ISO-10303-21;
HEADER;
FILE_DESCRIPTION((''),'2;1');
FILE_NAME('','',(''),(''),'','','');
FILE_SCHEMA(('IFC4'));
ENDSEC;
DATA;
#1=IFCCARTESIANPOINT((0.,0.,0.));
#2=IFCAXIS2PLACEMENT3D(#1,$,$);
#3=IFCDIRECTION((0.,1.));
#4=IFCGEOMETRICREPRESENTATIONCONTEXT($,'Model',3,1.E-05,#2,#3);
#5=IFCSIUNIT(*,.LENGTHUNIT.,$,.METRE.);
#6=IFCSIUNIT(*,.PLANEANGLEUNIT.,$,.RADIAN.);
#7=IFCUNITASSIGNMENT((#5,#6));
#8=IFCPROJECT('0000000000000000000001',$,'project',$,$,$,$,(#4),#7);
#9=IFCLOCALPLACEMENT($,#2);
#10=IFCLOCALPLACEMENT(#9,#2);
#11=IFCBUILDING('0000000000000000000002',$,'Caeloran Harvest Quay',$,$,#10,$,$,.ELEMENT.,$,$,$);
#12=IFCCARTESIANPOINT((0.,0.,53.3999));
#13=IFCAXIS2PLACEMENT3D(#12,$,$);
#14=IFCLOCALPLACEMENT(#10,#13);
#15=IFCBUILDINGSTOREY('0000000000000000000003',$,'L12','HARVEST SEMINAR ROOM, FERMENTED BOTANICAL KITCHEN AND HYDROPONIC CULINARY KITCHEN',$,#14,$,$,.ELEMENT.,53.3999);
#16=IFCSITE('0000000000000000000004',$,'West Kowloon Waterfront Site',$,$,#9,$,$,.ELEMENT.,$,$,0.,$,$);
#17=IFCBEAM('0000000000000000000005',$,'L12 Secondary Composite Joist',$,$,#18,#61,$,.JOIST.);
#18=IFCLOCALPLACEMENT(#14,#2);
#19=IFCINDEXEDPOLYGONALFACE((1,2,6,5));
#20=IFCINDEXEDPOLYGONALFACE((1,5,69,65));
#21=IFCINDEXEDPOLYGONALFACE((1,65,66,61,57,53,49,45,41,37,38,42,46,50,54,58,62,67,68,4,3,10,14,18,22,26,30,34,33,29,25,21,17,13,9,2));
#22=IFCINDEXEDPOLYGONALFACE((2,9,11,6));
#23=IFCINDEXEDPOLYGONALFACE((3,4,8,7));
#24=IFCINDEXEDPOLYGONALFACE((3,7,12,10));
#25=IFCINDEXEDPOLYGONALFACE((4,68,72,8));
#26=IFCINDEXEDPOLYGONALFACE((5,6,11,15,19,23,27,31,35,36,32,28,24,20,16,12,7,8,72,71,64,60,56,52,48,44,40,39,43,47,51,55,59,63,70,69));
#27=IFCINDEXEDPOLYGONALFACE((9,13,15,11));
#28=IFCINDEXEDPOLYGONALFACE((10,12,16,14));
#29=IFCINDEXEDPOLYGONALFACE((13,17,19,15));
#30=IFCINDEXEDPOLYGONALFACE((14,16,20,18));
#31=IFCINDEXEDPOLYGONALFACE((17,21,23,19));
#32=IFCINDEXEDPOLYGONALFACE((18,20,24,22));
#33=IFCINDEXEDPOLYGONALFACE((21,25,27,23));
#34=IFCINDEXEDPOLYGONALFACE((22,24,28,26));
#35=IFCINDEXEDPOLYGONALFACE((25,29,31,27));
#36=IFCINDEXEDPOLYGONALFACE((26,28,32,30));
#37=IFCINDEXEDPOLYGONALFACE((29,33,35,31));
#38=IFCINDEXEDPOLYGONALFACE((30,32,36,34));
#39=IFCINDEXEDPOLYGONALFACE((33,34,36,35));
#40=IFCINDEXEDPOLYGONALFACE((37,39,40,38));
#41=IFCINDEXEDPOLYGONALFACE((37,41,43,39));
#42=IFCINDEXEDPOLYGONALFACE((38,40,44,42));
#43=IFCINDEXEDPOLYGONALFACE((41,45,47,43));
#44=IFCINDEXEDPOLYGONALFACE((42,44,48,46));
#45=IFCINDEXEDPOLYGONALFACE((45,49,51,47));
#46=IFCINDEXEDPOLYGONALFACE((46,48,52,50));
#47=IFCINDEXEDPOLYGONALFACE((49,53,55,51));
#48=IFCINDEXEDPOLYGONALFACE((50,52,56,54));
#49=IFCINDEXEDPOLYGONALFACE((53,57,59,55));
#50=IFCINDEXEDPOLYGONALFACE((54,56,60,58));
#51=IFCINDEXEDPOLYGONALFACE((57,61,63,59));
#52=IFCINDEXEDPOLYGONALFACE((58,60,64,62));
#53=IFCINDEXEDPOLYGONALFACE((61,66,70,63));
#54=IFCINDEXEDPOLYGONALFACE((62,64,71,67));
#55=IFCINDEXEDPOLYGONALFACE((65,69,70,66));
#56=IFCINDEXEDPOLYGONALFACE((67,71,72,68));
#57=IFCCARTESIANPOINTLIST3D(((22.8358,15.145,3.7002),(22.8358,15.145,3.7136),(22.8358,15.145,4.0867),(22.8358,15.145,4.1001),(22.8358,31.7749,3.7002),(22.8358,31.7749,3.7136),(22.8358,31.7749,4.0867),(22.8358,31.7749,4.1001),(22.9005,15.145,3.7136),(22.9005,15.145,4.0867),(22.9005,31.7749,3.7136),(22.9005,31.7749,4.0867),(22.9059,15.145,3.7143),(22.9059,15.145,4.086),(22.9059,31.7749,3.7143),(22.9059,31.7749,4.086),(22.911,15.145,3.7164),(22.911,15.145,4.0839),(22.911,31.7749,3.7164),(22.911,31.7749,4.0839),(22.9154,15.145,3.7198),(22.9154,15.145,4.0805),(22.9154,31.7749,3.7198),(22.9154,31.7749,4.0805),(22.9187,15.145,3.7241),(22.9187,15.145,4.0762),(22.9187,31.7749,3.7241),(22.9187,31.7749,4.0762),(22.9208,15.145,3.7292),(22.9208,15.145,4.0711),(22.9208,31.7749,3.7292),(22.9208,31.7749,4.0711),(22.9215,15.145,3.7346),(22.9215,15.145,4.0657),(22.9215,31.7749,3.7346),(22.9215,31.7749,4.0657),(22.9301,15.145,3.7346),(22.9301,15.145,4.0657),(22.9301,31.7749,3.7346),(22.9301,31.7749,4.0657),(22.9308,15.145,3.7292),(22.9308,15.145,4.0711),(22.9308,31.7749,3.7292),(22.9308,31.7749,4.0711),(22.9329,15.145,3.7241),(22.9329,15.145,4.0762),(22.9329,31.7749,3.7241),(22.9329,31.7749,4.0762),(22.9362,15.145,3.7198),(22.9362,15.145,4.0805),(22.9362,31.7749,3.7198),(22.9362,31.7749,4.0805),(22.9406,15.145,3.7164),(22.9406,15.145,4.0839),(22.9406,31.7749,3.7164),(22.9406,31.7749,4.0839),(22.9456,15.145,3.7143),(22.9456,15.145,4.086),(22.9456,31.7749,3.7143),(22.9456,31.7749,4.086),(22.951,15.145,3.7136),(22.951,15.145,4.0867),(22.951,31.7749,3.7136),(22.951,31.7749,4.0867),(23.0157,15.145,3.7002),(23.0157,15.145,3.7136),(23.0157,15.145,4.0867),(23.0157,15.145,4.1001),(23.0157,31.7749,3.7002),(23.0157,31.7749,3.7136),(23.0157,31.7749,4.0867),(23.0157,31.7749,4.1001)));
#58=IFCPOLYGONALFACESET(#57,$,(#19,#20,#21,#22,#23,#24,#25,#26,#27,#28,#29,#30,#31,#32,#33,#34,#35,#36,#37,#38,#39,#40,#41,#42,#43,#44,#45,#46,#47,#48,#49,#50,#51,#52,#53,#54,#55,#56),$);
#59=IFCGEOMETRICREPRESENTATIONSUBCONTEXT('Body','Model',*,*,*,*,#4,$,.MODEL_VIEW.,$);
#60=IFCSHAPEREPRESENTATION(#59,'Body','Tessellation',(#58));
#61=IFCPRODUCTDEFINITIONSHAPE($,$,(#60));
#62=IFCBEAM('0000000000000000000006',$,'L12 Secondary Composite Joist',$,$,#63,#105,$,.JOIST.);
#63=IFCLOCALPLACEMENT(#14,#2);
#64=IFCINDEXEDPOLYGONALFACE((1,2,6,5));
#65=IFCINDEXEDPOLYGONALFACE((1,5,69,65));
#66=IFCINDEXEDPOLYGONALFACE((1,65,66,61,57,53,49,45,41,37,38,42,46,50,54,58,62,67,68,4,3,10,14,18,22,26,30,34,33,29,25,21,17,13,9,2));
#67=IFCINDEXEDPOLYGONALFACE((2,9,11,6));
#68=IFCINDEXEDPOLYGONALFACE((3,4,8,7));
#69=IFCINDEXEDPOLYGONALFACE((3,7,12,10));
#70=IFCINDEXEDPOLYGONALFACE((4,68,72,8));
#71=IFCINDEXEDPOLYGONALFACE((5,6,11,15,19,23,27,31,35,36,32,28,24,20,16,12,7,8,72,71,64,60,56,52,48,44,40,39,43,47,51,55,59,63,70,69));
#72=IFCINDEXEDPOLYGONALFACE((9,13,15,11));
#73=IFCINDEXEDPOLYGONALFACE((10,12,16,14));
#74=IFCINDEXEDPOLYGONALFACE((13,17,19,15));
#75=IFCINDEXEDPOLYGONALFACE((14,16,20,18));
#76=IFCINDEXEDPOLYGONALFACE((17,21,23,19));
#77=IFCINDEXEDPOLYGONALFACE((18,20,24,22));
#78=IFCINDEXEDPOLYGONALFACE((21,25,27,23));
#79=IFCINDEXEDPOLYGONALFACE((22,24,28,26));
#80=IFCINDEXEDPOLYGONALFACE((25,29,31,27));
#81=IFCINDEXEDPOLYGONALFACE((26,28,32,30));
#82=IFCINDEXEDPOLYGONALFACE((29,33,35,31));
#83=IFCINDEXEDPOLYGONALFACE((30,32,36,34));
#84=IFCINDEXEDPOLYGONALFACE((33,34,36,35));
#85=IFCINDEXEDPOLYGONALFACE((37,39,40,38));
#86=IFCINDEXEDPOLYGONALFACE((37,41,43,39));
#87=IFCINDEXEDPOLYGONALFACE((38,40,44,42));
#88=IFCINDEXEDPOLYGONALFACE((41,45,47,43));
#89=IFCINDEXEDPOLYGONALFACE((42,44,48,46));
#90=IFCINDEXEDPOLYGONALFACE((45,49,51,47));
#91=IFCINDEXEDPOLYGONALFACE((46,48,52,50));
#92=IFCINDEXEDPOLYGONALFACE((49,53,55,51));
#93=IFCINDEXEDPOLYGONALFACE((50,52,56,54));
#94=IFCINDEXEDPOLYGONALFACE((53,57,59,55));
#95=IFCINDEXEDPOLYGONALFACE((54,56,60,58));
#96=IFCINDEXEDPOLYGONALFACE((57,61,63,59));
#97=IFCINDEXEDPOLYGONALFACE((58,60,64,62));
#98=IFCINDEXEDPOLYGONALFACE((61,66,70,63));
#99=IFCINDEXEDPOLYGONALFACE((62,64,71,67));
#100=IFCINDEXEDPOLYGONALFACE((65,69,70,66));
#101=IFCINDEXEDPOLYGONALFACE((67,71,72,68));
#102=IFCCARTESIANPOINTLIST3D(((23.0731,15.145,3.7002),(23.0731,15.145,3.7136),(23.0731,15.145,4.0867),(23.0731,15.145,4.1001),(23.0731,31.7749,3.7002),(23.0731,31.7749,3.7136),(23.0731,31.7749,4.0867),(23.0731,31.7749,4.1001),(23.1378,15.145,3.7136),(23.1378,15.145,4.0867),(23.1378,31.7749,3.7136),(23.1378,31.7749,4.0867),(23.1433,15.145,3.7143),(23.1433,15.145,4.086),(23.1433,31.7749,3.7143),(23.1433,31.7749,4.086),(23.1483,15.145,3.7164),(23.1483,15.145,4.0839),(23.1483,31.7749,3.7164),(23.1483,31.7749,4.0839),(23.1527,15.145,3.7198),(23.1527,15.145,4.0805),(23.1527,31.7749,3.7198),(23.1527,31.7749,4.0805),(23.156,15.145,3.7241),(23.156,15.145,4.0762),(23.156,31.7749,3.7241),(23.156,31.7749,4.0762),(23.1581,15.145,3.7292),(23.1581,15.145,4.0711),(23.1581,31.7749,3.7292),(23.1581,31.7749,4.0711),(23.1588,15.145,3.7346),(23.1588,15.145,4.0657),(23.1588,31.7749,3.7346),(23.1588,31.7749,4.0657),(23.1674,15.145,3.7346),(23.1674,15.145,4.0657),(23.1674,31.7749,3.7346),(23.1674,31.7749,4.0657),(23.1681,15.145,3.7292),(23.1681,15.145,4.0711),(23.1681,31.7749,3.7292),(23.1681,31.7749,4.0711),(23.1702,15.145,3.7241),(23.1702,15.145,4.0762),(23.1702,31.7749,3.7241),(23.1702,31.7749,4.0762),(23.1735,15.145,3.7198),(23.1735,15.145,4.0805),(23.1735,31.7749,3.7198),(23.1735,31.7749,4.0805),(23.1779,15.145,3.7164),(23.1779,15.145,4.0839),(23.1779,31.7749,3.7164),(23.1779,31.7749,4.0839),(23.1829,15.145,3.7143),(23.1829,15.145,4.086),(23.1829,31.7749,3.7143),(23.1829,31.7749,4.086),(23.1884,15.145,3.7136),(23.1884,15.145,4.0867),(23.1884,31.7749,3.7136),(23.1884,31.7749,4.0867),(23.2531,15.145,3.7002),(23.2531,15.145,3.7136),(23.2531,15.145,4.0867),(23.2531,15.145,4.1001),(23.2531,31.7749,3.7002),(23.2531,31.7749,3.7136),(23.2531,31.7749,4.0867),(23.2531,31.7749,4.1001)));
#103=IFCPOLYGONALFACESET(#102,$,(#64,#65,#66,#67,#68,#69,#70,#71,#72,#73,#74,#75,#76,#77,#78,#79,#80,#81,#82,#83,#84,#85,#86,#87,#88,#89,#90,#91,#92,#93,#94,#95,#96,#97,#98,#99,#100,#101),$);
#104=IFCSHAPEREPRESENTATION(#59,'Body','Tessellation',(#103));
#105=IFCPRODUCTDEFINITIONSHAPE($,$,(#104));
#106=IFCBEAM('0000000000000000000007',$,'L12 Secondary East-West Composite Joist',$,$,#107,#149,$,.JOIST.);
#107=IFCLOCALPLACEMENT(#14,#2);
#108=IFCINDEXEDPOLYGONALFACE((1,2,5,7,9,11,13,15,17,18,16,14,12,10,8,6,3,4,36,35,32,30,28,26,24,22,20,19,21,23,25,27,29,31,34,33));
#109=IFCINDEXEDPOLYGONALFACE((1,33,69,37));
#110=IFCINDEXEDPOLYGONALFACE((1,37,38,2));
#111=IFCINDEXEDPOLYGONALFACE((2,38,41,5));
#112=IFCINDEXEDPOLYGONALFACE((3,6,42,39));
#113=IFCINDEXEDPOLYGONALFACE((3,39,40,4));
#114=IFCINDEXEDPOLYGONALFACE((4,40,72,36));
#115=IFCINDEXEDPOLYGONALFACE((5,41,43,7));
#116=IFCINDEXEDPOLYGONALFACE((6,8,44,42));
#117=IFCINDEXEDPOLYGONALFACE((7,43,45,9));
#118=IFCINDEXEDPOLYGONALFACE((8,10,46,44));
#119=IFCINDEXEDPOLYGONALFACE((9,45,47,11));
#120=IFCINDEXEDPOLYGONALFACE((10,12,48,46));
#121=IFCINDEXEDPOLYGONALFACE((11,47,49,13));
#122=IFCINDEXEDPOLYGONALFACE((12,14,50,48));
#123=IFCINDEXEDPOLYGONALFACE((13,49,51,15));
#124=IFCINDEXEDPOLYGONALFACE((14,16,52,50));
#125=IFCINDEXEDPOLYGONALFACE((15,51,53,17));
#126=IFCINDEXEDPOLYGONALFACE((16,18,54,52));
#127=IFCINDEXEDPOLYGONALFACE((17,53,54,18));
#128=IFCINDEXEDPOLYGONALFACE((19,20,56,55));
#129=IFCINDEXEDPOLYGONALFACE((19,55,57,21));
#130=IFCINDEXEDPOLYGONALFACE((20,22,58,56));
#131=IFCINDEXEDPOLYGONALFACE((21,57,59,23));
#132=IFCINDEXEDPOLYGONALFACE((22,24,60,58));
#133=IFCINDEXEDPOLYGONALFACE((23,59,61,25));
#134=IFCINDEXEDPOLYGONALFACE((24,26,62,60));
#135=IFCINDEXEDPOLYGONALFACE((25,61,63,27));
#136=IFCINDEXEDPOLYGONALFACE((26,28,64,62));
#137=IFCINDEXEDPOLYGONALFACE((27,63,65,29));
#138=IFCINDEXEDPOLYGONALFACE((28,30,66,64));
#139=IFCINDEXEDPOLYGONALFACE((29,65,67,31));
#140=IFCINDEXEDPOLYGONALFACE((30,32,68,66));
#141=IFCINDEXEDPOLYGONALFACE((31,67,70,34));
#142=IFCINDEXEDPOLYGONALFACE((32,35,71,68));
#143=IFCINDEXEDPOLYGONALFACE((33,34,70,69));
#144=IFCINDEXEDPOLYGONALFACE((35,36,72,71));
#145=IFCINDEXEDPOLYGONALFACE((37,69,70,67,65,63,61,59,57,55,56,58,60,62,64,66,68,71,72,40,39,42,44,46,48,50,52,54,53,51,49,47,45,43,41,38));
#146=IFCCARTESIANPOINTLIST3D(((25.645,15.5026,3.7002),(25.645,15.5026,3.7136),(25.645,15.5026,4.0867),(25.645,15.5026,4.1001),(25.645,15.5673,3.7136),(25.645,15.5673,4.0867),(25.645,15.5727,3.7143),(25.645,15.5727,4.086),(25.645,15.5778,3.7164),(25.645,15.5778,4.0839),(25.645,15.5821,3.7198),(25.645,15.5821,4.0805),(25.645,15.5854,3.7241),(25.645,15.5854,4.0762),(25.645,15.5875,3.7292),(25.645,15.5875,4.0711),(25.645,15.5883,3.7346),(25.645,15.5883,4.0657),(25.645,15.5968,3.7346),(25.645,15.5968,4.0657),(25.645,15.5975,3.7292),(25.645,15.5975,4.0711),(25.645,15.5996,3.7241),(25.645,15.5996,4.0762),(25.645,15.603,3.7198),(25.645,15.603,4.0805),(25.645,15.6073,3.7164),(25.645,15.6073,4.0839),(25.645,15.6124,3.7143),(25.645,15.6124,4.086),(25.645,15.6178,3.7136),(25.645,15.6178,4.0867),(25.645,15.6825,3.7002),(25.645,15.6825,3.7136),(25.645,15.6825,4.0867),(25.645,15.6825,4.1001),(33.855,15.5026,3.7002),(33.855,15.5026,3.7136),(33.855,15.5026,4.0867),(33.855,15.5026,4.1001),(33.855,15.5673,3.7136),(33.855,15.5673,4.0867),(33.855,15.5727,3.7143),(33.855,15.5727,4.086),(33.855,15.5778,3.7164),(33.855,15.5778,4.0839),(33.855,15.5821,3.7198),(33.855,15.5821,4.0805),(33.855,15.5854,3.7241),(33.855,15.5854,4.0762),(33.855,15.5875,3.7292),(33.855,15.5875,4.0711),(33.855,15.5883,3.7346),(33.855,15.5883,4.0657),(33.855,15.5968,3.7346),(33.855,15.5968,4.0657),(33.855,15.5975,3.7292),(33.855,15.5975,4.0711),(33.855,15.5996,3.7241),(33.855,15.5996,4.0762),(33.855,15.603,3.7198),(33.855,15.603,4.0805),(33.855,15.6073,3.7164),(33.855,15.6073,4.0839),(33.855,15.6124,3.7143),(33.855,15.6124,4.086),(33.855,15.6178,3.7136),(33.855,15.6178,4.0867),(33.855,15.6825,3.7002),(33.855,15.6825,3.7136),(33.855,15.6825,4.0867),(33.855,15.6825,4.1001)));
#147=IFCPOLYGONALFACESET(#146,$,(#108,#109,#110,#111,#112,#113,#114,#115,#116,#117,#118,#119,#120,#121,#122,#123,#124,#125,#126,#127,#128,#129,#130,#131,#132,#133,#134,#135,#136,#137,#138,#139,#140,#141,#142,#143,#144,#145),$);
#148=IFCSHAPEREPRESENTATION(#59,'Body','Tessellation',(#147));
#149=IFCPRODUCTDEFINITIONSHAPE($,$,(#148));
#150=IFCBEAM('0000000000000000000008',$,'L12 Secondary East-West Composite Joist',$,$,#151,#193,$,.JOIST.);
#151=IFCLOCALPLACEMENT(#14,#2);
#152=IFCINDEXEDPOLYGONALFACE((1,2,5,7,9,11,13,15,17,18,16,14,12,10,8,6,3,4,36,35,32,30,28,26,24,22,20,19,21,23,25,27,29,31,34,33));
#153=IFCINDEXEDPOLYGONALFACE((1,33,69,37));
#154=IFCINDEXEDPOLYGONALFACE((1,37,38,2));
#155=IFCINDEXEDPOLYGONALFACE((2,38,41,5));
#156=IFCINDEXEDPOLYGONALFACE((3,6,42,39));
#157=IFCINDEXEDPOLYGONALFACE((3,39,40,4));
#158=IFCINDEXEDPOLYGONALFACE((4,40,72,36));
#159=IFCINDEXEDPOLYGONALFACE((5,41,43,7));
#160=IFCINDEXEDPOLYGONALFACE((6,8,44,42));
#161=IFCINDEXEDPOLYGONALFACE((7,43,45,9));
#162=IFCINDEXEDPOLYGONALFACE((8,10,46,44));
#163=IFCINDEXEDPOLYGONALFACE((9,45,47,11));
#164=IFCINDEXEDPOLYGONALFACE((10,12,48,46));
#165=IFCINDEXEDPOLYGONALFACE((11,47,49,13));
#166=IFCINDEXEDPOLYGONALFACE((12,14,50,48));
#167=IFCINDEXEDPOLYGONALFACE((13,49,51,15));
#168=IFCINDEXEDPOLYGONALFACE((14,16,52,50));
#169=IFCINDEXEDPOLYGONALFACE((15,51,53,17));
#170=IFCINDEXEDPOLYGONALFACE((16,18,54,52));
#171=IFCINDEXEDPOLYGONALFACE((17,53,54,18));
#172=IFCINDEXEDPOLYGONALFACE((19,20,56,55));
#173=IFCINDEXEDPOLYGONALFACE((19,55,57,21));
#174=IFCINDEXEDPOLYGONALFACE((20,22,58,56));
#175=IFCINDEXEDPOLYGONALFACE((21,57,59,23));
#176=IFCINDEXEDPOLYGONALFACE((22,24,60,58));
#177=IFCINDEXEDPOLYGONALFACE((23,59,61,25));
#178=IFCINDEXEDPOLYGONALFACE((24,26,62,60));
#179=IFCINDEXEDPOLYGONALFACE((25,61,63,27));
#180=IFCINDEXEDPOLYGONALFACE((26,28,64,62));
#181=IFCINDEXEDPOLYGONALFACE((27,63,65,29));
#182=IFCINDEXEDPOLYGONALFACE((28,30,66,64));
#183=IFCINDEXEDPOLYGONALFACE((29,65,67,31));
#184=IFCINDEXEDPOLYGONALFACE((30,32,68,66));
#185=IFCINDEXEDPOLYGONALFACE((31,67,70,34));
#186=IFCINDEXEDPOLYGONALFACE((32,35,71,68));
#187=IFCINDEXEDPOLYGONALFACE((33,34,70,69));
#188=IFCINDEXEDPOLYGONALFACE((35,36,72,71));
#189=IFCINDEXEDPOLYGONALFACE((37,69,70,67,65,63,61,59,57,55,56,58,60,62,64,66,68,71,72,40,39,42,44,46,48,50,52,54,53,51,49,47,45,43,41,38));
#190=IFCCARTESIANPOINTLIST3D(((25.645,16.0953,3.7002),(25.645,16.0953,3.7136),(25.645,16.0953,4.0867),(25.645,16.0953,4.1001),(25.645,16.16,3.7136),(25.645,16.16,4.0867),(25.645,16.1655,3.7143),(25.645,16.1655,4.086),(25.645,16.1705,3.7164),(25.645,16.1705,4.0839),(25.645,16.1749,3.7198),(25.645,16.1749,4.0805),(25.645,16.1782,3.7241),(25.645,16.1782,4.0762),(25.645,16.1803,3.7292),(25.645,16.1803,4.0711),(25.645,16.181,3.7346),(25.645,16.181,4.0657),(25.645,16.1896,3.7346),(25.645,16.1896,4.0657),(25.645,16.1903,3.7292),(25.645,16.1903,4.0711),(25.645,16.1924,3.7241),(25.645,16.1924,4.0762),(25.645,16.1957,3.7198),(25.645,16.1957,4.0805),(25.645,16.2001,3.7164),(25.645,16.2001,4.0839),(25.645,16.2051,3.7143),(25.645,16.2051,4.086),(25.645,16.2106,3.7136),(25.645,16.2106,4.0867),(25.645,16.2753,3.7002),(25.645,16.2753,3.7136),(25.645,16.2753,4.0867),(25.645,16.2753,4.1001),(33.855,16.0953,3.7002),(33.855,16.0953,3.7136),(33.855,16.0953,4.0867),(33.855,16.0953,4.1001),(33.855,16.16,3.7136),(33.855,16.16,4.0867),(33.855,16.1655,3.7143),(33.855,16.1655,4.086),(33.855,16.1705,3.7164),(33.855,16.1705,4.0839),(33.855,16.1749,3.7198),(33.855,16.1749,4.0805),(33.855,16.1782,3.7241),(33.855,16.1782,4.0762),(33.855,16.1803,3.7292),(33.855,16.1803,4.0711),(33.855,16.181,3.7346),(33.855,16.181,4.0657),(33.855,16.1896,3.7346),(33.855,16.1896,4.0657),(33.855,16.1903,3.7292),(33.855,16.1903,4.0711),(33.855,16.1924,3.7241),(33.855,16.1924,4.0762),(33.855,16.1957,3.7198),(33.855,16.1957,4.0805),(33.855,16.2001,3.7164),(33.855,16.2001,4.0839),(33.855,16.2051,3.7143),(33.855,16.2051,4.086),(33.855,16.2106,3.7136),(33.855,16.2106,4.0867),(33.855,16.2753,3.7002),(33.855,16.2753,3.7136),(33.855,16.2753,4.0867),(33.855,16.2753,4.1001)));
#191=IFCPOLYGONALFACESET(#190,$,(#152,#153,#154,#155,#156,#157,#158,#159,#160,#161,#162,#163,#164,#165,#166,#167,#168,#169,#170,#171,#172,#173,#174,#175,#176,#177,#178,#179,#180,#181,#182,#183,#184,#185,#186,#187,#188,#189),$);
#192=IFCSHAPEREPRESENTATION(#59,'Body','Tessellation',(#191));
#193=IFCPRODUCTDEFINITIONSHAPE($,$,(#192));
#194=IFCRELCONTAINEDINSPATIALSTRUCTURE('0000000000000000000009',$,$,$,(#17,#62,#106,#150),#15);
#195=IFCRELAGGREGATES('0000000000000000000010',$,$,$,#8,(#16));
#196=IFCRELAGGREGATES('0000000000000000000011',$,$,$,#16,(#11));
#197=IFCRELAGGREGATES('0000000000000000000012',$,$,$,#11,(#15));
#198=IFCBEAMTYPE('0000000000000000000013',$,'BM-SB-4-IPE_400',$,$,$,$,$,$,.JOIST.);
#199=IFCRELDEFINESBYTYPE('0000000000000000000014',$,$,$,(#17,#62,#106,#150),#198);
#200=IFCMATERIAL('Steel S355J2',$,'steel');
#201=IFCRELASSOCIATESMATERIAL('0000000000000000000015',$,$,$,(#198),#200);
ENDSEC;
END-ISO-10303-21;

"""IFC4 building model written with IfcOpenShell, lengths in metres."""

from ifc_helpers import new_model, si_unit, direction, frame, origin, origin_2d, place, context, subcontext, project, spatial, i_section, extrude, material, material_profile, profile_set, type_object, element, save


model = new_model("IFC4")

# Units and contexts
model_context = context("Model", 3, precision=1e-05, world=origin(), true_north=direction((0.0, 1.0)))
body_context = subcontext(model_context, "Body", "Model", "MODEL_VIEW")
ifc_project = project(units=[si_unit("LENGTHUNIT", "METRE"), si_unit("PLANEANGLEUNIT", "RADIAN")], contexts=[model_context])

# Site, building, storey
site_placement = place(None, origin())
site = spatial("IfcSite", under=ifc_project, at=site_placement, Name="West Kowloon Waterfront Site", CompositionType="ELEMENT", RefElevation=0.0)
building_placement = place(site_placement, origin())
building = spatial("IfcBuilding", under=site, at=building_placement, Name="Caeloran Harvest Quay", CompositionType="ELEMENT")
storey_placement = place(building_placement, frame((0.0, 0.0, 53.3999)))
storey = spatial("IfcBuildingStorey", under=building, at=storey_placement, Name="L12", Description="HARVEST SEMINAR ROOM, FERMENTED BOTANICAL KITCHEN AND HYDROPONIC CULINARY KITCHEN", CompositionType="ELEMENT", Elevation=53.3999)

# Beams
ifc_material_1 = material(Name="Steel S355J2", Category="steel")
ifc_material_profile_1 = material_profile(ifc_material_1, i_section(OverallWidth=0.1799, OverallDepth=0.3999, WebThickness=0.0085, FlangeThickness=0.0134, FilletRadius=0.021, at=origin_2d()), Name="IPE 400")
ifc_profile_set_1 = profile_set([ifc_material_profile_1], Name="Steel S355J2")
beam_type_1 = type_object("IfcBeamType", Name="BM-SB-4-IPE_400", PredefinedType="JOIST", material=ifc_profile_set_1)
for number, where, z_axis, x_axis, name in (
    (1, (22.9258, 15.145, 3.9001), (0.0, 1.0, 0.0), (-1.0, 0.0, 0.0), "L12 Secondary Composite Joist"),
    (2, (23.1631, 15.145, 3.9001), (0.0, 1.0, 0.0), (-1.0, 0.0, 0.0), "L12 Secondary Composite Joist"),
):
    element("IfcBeam", number, at=place(storey_placement, frame(where, z_axis=z_axis, x_axis=x_axis)), inside=storey, type_object=beam_type_1, Name=name, PredefinedType="JOIST", context=body_context, shape_type="SweptSolid", body=[
        extrude(i_section(OverallWidth=0.1799, OverallDepth=0.3999, WebThickness=0.0085, FlangeThickness=0.0134, FilletRadius=0.021, at=origin_2d()), origin(), (0.0, 0.0, 1.0), 16.6299),
    ])
for number, where, z_axis, x_axis, name in (
    (3, (25.645, 15.5925, 3.9001), (1.0, 0.0, 0.0), (0.0, 1.0, 0.0), "L12 Secondary East-West Composite Joist"),
    (4, (25.645, 16.1853, 3.9001), (1.0, 0.0, 0.0), (0.0, 1.0, 0.0), "L12 Secondary East-West Composite Joist"),
):
    element("IfcBeam", number, at=place(storey_placement, frame(where, z_axis=z_axis, x_axis=x_axis)), inside=storey, type_object=beam_type_1, Name=name, PredefinedType="JOIST", context=body_context, shape_type="SweptSolid", body=[
        extrude(i_section(OverallWidth=0.1799, OverallDepth=0.3999, WebThickness=0.0085, FlangeThickness=0.0134, FilletRadius=0.021, at=origin_2d()), origin(), (0.0, 0.0, 1.0), 8.21),
    ])

save(model, "model.ifc")
